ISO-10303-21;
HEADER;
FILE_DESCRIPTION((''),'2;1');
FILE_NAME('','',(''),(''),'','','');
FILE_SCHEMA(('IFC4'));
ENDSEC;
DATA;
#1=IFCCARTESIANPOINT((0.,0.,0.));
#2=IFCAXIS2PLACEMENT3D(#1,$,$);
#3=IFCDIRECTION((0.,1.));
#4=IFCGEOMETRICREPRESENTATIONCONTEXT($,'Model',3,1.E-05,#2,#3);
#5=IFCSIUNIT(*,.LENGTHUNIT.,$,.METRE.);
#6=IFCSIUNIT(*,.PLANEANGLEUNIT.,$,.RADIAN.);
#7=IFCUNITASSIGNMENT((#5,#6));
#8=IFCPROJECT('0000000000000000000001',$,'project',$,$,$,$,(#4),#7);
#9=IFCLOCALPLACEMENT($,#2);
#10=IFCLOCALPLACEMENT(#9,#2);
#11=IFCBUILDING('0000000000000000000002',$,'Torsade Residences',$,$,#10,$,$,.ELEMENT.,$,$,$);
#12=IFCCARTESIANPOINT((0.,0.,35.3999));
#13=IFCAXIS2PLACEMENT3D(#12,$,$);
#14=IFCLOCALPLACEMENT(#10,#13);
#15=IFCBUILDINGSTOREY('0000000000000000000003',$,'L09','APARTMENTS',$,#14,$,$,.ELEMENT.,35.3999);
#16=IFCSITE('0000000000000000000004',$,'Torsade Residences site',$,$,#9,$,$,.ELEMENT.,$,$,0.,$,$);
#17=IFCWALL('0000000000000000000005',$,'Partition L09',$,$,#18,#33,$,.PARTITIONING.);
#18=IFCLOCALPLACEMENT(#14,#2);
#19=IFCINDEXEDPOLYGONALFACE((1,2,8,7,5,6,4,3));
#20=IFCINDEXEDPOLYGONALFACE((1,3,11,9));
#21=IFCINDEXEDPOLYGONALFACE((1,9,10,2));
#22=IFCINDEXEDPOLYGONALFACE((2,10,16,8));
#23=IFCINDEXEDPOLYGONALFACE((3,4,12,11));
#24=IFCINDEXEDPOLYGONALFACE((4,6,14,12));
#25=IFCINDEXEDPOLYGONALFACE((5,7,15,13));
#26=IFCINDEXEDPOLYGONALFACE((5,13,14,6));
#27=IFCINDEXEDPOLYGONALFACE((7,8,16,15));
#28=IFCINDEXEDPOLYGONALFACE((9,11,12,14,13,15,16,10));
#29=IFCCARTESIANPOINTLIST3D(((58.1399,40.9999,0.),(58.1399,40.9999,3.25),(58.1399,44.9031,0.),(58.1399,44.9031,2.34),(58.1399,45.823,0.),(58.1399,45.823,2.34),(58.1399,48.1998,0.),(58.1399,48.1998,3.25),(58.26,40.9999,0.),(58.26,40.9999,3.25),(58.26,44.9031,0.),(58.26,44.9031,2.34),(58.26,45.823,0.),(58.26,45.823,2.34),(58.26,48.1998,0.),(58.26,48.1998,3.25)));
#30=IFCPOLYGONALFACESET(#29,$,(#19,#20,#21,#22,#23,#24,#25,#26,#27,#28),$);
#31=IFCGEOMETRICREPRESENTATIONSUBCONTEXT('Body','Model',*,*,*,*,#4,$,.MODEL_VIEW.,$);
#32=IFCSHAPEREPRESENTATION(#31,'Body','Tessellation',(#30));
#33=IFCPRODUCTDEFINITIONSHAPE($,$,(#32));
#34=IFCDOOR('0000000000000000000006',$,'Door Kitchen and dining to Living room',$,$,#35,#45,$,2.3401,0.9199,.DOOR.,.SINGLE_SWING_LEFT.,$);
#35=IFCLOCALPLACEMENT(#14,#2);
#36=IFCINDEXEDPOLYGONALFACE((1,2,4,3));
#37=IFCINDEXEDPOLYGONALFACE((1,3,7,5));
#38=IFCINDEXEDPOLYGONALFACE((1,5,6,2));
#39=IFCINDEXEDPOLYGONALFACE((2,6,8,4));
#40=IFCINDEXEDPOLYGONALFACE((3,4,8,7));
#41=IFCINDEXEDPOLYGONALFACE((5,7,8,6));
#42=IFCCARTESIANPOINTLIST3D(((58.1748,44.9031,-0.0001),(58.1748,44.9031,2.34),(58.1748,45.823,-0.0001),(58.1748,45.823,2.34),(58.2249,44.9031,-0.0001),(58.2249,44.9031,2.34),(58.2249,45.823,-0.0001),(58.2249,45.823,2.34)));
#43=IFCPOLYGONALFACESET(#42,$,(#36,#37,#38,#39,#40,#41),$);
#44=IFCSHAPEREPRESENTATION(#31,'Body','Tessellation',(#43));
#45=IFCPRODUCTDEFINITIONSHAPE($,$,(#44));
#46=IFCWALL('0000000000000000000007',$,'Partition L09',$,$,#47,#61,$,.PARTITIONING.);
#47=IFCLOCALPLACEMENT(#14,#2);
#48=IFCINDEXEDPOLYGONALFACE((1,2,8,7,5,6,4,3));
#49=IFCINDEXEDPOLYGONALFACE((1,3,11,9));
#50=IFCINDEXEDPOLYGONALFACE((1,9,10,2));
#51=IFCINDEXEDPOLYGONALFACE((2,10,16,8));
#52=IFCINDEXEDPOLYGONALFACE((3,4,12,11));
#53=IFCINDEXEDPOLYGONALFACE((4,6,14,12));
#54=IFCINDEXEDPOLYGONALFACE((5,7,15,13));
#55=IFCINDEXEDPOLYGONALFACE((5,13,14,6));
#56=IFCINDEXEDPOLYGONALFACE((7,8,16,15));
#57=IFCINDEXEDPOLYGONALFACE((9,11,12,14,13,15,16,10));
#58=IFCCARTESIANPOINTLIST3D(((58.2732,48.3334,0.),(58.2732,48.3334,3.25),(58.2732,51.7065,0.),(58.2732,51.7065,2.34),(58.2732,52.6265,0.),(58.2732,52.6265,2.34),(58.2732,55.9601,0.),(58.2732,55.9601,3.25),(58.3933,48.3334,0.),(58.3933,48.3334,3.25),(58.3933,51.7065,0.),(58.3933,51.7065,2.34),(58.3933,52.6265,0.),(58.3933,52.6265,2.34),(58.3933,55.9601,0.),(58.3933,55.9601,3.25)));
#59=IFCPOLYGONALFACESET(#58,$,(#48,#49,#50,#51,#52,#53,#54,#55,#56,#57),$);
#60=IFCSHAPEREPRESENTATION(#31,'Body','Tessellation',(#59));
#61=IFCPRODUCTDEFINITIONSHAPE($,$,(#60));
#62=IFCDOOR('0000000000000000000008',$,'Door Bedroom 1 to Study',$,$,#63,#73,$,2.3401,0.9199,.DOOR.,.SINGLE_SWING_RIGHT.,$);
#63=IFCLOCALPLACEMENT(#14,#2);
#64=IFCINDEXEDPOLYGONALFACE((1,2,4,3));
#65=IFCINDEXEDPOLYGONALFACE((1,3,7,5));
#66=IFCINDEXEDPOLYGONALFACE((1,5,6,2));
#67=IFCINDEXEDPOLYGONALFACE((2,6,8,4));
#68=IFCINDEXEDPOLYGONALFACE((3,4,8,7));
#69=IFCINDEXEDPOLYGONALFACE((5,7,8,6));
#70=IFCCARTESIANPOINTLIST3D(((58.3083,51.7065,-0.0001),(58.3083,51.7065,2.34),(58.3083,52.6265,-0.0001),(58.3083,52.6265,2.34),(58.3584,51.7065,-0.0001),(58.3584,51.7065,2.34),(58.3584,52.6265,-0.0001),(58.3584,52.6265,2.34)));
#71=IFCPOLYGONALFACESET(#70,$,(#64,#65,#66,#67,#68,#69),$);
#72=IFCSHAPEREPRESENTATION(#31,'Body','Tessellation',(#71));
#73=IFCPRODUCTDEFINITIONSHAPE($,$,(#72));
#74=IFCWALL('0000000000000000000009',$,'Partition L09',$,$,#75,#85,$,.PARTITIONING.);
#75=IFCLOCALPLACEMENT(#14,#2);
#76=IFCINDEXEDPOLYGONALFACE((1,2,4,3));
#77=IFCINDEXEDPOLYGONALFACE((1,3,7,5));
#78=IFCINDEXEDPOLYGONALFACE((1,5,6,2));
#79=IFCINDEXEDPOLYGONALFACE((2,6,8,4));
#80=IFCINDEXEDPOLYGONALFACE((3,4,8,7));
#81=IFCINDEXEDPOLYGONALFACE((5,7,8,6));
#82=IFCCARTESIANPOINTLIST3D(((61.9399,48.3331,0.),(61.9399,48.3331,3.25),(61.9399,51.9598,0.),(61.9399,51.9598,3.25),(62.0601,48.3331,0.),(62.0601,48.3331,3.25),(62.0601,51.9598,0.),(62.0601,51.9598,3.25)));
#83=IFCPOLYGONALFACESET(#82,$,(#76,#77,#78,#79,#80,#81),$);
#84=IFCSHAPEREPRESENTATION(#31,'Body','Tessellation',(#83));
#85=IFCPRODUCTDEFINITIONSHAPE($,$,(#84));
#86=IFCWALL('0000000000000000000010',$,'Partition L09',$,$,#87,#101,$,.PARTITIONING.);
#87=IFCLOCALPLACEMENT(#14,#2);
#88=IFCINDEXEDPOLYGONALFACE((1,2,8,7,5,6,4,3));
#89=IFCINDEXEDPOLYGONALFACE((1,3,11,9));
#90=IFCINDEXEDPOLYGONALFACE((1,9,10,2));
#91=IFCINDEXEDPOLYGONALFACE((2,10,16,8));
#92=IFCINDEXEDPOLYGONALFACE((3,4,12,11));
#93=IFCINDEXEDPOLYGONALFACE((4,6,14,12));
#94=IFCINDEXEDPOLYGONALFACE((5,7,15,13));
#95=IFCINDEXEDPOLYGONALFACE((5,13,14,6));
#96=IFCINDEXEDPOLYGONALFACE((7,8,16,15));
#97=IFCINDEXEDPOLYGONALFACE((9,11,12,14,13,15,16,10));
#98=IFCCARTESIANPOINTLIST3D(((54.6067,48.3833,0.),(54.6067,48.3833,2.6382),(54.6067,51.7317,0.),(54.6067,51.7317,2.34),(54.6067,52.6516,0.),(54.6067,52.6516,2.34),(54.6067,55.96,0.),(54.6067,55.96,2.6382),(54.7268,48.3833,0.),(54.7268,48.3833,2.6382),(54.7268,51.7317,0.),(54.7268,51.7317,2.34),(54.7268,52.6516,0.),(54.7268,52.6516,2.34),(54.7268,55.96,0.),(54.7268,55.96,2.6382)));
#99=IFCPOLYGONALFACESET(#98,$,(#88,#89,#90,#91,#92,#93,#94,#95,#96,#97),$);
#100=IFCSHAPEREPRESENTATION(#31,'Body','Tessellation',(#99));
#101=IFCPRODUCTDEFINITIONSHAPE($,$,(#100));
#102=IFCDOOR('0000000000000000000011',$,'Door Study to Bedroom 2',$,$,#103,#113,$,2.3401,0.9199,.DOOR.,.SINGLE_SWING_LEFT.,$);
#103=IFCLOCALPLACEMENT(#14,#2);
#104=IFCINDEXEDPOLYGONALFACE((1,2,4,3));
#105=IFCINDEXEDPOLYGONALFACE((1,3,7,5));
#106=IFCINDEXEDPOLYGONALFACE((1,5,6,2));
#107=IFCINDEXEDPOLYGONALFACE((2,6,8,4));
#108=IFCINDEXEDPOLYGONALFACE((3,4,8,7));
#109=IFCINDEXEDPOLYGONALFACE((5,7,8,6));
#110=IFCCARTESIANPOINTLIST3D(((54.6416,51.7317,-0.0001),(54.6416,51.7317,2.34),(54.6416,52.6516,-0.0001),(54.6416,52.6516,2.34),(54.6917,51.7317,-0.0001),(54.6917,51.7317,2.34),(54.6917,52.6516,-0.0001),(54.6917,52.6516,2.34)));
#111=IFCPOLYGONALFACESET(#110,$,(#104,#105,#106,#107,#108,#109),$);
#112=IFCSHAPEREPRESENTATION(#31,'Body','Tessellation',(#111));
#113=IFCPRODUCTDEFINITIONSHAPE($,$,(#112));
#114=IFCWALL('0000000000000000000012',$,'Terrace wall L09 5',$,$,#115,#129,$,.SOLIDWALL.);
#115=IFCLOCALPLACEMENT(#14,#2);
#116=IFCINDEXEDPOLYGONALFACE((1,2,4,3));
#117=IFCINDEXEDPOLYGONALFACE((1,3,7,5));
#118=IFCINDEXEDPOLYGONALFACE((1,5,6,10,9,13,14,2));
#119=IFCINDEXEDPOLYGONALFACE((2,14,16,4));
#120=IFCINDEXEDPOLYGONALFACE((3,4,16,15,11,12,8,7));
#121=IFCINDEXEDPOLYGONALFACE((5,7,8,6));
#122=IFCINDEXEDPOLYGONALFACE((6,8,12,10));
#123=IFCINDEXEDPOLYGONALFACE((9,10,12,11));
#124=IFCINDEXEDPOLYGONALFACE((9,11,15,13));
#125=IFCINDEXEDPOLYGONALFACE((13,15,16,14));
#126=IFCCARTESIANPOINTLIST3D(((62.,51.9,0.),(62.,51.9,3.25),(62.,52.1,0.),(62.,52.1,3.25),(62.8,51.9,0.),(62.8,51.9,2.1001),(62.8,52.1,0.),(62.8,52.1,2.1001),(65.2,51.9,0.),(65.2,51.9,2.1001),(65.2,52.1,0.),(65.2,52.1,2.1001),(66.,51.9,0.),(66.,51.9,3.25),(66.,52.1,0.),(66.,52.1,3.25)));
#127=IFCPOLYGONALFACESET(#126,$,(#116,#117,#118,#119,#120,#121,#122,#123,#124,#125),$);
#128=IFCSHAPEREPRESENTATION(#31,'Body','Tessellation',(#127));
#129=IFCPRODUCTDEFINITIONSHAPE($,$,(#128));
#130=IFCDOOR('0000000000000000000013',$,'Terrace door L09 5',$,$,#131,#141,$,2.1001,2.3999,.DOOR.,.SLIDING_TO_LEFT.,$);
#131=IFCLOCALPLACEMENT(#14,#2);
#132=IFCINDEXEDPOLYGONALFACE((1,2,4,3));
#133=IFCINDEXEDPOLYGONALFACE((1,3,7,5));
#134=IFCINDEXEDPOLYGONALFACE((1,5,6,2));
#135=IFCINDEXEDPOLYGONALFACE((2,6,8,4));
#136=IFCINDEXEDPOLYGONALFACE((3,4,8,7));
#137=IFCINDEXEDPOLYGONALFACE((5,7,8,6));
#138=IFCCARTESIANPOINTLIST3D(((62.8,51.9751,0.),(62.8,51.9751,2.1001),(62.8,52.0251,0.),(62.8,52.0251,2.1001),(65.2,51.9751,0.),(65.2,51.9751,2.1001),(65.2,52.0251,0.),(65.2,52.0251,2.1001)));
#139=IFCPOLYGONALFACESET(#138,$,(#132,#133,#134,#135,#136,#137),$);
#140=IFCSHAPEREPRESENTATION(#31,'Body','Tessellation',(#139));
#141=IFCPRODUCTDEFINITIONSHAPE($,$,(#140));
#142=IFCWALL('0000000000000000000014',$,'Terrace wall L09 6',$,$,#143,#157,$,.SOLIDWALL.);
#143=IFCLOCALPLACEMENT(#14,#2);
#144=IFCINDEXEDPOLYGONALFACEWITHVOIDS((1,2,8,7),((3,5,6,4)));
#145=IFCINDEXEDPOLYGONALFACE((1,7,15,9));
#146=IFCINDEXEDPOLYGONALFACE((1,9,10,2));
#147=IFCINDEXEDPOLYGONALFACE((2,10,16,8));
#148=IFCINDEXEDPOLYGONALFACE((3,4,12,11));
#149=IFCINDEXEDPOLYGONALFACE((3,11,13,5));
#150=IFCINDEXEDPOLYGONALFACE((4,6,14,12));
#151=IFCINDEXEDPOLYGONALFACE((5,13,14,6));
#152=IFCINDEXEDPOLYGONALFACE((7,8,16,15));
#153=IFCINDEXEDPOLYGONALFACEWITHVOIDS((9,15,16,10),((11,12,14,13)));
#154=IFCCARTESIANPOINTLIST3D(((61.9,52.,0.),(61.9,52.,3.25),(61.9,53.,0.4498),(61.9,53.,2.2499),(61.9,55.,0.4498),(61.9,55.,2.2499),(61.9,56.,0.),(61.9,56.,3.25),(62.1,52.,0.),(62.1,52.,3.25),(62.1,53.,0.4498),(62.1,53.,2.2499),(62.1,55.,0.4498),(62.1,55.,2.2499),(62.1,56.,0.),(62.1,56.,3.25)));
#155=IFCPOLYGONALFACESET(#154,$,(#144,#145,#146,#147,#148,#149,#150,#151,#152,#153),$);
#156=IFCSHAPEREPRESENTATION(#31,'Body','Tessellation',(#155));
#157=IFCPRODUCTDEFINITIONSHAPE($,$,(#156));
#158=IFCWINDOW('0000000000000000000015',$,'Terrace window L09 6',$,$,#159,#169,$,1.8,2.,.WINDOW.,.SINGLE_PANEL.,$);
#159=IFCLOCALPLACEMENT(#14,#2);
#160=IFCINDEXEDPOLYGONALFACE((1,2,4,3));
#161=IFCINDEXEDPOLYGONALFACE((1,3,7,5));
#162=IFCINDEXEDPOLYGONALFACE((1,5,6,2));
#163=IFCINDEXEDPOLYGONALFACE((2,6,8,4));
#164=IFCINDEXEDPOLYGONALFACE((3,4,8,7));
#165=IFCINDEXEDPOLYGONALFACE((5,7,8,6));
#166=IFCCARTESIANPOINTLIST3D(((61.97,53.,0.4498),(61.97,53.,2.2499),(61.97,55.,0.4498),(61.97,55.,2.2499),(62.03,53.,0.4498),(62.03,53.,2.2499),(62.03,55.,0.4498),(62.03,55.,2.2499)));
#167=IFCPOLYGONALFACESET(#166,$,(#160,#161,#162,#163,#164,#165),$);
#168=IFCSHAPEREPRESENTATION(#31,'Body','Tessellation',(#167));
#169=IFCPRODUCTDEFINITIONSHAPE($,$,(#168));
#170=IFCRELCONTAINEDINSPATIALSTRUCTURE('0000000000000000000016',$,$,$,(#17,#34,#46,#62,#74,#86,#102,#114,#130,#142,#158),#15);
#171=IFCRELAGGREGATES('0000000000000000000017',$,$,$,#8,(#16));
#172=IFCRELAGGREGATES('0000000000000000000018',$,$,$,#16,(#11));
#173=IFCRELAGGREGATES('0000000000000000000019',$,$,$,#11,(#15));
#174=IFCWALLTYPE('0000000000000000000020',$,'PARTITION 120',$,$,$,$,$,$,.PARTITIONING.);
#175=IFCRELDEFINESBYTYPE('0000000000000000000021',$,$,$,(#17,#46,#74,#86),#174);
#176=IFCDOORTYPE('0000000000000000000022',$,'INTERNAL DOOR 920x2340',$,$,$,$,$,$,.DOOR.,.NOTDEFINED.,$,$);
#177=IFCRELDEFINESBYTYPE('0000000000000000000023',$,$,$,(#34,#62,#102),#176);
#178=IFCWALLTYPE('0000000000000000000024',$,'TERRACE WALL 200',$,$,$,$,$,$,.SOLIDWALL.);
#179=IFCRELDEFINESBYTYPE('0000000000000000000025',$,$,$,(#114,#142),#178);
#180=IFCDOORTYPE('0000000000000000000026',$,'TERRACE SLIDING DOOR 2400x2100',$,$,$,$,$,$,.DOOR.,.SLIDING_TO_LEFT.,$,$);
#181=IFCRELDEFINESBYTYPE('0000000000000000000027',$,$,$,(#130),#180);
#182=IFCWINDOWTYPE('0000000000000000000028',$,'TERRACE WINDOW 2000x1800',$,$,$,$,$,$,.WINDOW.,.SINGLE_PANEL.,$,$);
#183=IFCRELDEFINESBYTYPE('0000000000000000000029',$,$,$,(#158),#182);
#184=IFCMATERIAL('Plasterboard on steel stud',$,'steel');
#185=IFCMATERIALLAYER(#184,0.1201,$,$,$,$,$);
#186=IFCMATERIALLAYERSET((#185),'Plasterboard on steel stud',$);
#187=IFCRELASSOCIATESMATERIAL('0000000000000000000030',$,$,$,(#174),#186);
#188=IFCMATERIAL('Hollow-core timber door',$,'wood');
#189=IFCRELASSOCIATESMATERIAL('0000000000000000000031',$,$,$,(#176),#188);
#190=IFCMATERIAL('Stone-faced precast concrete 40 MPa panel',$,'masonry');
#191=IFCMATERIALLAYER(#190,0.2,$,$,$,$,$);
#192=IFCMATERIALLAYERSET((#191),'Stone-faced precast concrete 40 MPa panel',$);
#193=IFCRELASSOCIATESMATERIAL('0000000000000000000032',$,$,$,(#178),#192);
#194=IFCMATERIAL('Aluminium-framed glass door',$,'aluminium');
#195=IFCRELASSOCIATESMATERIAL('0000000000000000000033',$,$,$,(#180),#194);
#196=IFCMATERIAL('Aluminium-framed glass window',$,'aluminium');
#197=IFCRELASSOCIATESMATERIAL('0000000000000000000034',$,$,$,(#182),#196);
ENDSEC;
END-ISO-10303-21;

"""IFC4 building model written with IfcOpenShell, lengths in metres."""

from ifc_helpers import new_model, si_unit, direction, frame, frame_2d, origin, place, context, subcontext, project, spatial, rectangle, extrude, material, layer, layer_set, type_object, element, fill, save


model = new_model("IFC4")

# Units and contexts
model_context = context("Model", 3, precision=1e-05, world=origin(), true_north=direction((0.0, 1.0)))
body_context = subcontext(model_context, "Body", "Model", "MODEL_VIEW")
ifc_project = project(units=[si_unit("LENGTHUNIT", "METRE"), si_unit("PLANEANGLEUNIT", "RADIAN")], contexts=[model_context])

# Site, building, storey
site_placement = place(None, origin())
site = spatial("IfcSite", under=ifc_project, at=site_placement, Name="Torsade Residences site", CompositionType="ELEMENT", RefElevation=0.0)
building_placement = place(site_placement, origin())
building = spatial("IfcBuilding", under=site, at=building_placement, Name="Torsade Residences", CompositionType="ELEMENT")
storey_placement = place(building_placement, frame((0.0, 0.0, 35.3999)))
storey = spatial("IfcBuildingStorey", under=building, at=storey_placement, Name="L09", Description="APARTMENTS", CompositionType="ELEMENT", Elevation=35.3999)

# Walls, openings, doors
ifc_material_1 = material(Name="Plasterboard on steel stud", Category="steel")
ifc_layer_1 = layer(ifc_material_1, 0.1201)
ifc_layer_set_1 = layer_set([ifc_layer_1], Name="Plasterboard on steel stud")
wall_type_1 = type_object("IfcWallType", Name="PARTITION 120", PredefinedType="PARTITIONING", material=ifc_layer_set_1)
wall_1_placement = place(storey_placement, frame((58.2, 48.2, 0.0), z_axis=(0.0, 0.0, 1.0), x_axis=(0.0, -1.0, 0.0)))
wall_1 = element("IfcWall", 1, at=wall_1_placement, inside=storey, type_object=wall_type_1, Name="Partition L09", PredefinedType="PARTITIONING", context=body_context, shape_type="SweptSolid", body=[
    extrude(rectangle(XDim=7.2, YDim=0.1201, at=frame_2d((3.6001, 0.0))), origin(), (0.0, 0.0, 1.0), 3.25),
])
opening_1_placement = place(wall_1_placement, frame((2.377, 0.0, 0.0)))
opening_1 = element("IfcOpeningElement", 2, at=opening_1_placement, cuts=wall_1, PredefinedType="OPENING", context=body_context, shape_type="SweptSolid", body=[
    extrude(rectangle(XDim=0.9199, YDim=2.3401, at=frame_2d((0.46, 1.1699))), frame((0.0, 0.0701, 0.0), z_axis=(0.0, -1.0, 0.0), x_axis=(1.0, 0.0, 0.0)), (0.0, 0.0, 1.0), 0.1401),
])
ifc_material_2 = material(Name="Hollow-core timber door", Category="wood")
door_type_1 = type_object("IfcDoorType", Name="INTERNAL DOOR 920x2340", OperationType="NOTDEFINED", PredefinedType="DOOR", material=ifc_material_2)
door_1_placement = place(opening_1_placement, origin())
door_1 = element("IfcDoor", 3, at=door_1_placement, inside=storey, type_object=door_type_1, Name="Door Kitchen and dining to Living room", OperationType="SINGLE_SWING_LEFT", OverallHeight=2.3401, OverallWidth=0.9199, PredefinedType="DOOR", context=body_context, shape_type="SweptSolid", body=[
    extrude(rectangle(XDim=0.9199, YDim=2.3401, at=frame_2d((0.46, 1.1699))), frame((0.0, 0.0249, 0.0), z_axis=(0.0, -1.0, 0.0), x_axis=(1.0, 0.0, 0.0)), (0.0, 0.0, 1.0), 0.05),
])
fill(opening_1, door_1)
wall_2_placement = place(storey_placement, frame((58.3333, 48.3333, 0.0), z_axis=(0.0, 0.0, 1.0), x_axis=(0.0, 1.0, 0.0)))
wall_2 = element("IfcWall", 4, at=wall_2_placement, inside=storey, type_object=wall_type_1, Name="Partition L09", PredefinedType="PARTITIONING", context=body_context, shape_type="SweptSolid", body=[
    extrude(rectangle(XDim=7.6267, YDim=0.1201, at=frame_2d((3.8135, 0.0))), origin(), (0.0, 0.0, 1.0), 3.25),
])
opening_2_placement = place(wall_2_placement, frame((3.3733, 0.0, 0.0)))
opening_2 = element("IfcOpeningElement", 5, at=opening_2_placement, cuts=wall_2, PredefinedType="OPENING", context=body_context, shape_type="SweptSolid", body=[
    extrude(rectangle(XDim=0.9199, YDim=2.3401, at=frame_2d((0.46, 1.1699))), frame((0.0, 0.0701, 0.0), z_axis=(0.0, -1.0, 0.0), x_axis=(1.0, 0.0, 0.0)), (0.0, 0.0, 1.0), 0.1401),
])
door_2_placement = place(opening_2_placement, origin())
door_2 = element("IfcDoor", 6, at=door_2_placement, inside=storey, type_object=door_type_1, Name="Door Bedroom 1 to Study", OperationType="SINGLE_SWING_RIGHT", OverallHeight=2.3401, OverallWidth=0.9199, PredefinedType="DOOR", context=body_context, shape_type="SweptSolid", body=[
    extrude(rectangle(XDim=0.9199, YDim=2.3401, at=frame_2d((0.46, 1.1699))), frame((0.0, 0.0249, 0.0), z_axis=(0.0, -1.0, 0.0), x_axis=(1.0, 0.0, 0.0)), (0.0, 0.0, 1.0), 0.05),
])
fill(opening_2, door_2)

# Wall
wall_3_placement = place(storey_placement, frame((62.0, 51.96, 0.0), z_axis=(0.0, 0.0, 1.0), x_axis=(0.0, -1.0, 0.0)))
element("IfcWall", 7, at=wall_3_placement, inside=storey, type_object=wall_type_1, Name="Partition L09", PredefinedType="PARTITIONING", context=body_context, shape_type="SweptSolid", body=[
    extrude(rectangle(XDim=3.6267, YDim=0.1201, at=frame_2d((1.8135, 0.0))), origin(), (0.0, 0.0, 1.0), 3.25),
])

# Walls, openings, doors
wall_4_placement = place(storey_placement, frame((54.6667, 55.96, 0.0), z_axis=(0.0, 0.0, 1.0), x_axis=(0.0, -1.0, 0.0)))
wall_4 = element("IfcWall", 8, at=wall_4_placement, inside=storey, type_object=wall_type_1, Name="Partition L09", PredefinedType="PARTITIONING", context=body_context, shape_type="SweptSolid", body=[
    extrude(rectangle(XDim=7.5767, YDim=0.1201, at=frame_2d((3.7883, 0.0))), origin(), (0.0, 0.0, 1.0), 2.6382),
])
opening_3_placement = place(wall_4_placement, frame((3.3083, 0.0, 0.0)))
opening_3 = element("IfcOpeningElement", 9, at=opening_3_placement, cuts=wall_4, PredefinedType="OPENING", context=body_context, shape_type="SweptSolid", body=[
    extrude(rectangle(XDim=0.9199, YDim=2.3401, at=frame_2d((0.46, 1.1699))), frame((0.0, 0.0701, 0.0), z_axis=(0.0, -1.0, 0.0), x_axis=(1.0, 0.0, 0.0)), (0.0, 0.0, 1.0), 0.1401),
])
door_3_placement = place(opening_3_placement, origin())
door_3 = element("IfcDoor", 10, at=door_3_placement, inside=storey, type_object=door_type_1, Name="Door Study to Bedroom 2", OperationType="SINGLE_SWING_LEFT", OverallHeight=2.3401, OverallWidth=0.9199, PredefinedType="DOOR", context=body_context, shape_type="SweptSolid", body=[
    extrude(rectangle(XDim=0.9199, YDim=2.3401, at=frame_2d((0.46, 1.1699))), frame((0.0, 0.0249, 0.0), z_axis=(0.0, -1.0, 0.0), x_axis=(1.0, 0.0, 0.0)), (0.0, 0.0, 1.0), 0.05),
])
fill(opening_3, door_3)
ifc_material_3 = material(Name="Stone-faced precast concrete 40 MPa panel", Category="masonry")
ifc_layer_2 = layer(ifc_material_3, 0.2)
ifc_layer_set_2 = layer_set([ifc_layer_2], Name="Stone-faced precast concrete 40 MPa panel")
wall_type_2 = type_object("IfcWallType", Name="TERRACE WALL 200", PredefinedType="SOLIDWALL", material=ifc_layer_set_2)
wall_5_placement = place(storey_placement, frame((66.0, 52.0, 0.0), z_axis=(0.0, 0.0, 1.0), x_axis=(-1.0, 0.0, 0.0)))
wall_5 = element("IfcWall", 11, at=wall_5_placement, inside=storey, type_object=wall_type_2, Name="Terrace wall L09 5", PredefinedType="SOLIDWALL", context=body_context, shape_type="SweptSolid", body=[
    extrude(rectangle(XDim=4.0, YDim=0.2, at=frame_2d((2.0, 0.0))), origin(), (0.0, 0.0, 1.0), 3.25),
])
opening_4_placement = place(wall_5_placement, frame((0.8, 0.0, 0.0)))
opening_4 = element("IfcOpeningElement", 12, at=opening_4_placement, cuts=wall_5, PredefinedType="OPENING", context=body_context, shape_type="SweptSolid", body=[
    extrude(rectangle(XDim=2.3999, YDim=2.1001, at=frame_2d((1.2, 1.05))), frame((0.0, 0.1099, 0.0), z_axis=(0.0, -1.0, 0.0), x_axis=(1.0, 0.0, 0.0)), (0.0, 0.0, 1.0), 0.22),
])
ifc_material_4 = material(Name="Aluminium-framed glass door", Category="aluminium")
door_type_2 = type_object("IfcDoorType", Name="TERRACE SLIDING DOOR 2400x2100", OperationType="SLIDING_TO_LEFT", PredefinedType="DOOR", material=ifc_material_4)
door_4_placement = place(opening_4_placement, origin())
door_4 = element("IfcDoor", 13, at=door_4_placement, inside=storey, type_object=door_type_2, Name="Terrace door L09 5", OperationType="SLIDING_TO_LEFT", OverallHeight=2.1001, OverallWidth=2.3999, PredefinedType="DOOR", context=body_context, shape_type="SweptSolid", body=[
    extrude(rectangle(XDim=2.3999, YDim=2.1001, at=frame_2d((1.2, 1.05))), frame((0.0, 0.0249, 0.0), z_axis=(0.0, -1.0, 0.0), x_axis=(1.0, 0.0, 0.0)), (0.0, 0.0, 1.0), 0.05),
])
fill(opening_4, door_4)

# Wall, opening, window
wall_6_placement = place(storey_placement, frame((62.0, 52.0, 0.0), z_axis=(0.0, 0.0, 1.0), x_axis=(0.0, 1.0, 0.0)))
wall_6 = element("IfcWall", 14, at=wall_6_placement, inside=storey, type_object=wall_type_2, Name="Terrace wall L09 6", PredefinedType="SOLIDWALL", context=body_context, shape_type="SweptSolid", body=[
    extrude(rectangle(XDim=4.0, YDim=0.2, at=frame_2d((2.0, 0.0))), origin(), (0.0, 0.0, 1.0), 3.25),
])
opening_5_placement = place(wall_6_placement, frame((1.0, 0.0, 0.45)))
opening_5 = element("IfcOpeningElement", 15, at=opening_5_placement, cuts=wall_6, PredefinedType="OPENING", context=body_context, shape_type="SweptSolid", body=[
    extrude(rectangle(XDim=2.0, YDim=1.8, at=frame_2d((1.0, 0.8999))), frame((0.0, 0.1099, 0.0), z_axis=(0.0, -1.0, 0.0), x_axis=(1.0, 0.0, 0.0)), (0.0, 0.0, 1.0), 0.22),
])
ifc_material_5 = material(Name="Aluminium-framed glass window", Category="aluminium")
window_type = type_object("IfcWindowType", Name="TERRACE WINDOW 2000x1800", PartitioningType="SINGLE_PANEL", PredefinedType="WINDOW", material=ifc_material_5)
window_placement = place(opening_5_placement, origin())
window = element("IfcWindow", 16, at=window_placement, inside=storey, type_object=window_type, Name="Terrace window L09 6", OverallHeight=1.8, OverallWidth=2.0, PartitioningType="SINGLE_PANEL", PredefinedType="WINDOW", context=body_context, shape_type="SweptSolid", body=[
    extrude(rectangle(XDim=2.0, YDim=1.8, at=frame_2d((1.0, 0.8999))), frame((0.0, 0.03, 0.0), z_axis=(0.0, -1.0, 0.0), x_axis=(1.0, 0.0, 0.0)), (0.0, 0.0, 1.0), 0.0601),
])
fill(opening_5, window)

save(model, "model.ifc")
